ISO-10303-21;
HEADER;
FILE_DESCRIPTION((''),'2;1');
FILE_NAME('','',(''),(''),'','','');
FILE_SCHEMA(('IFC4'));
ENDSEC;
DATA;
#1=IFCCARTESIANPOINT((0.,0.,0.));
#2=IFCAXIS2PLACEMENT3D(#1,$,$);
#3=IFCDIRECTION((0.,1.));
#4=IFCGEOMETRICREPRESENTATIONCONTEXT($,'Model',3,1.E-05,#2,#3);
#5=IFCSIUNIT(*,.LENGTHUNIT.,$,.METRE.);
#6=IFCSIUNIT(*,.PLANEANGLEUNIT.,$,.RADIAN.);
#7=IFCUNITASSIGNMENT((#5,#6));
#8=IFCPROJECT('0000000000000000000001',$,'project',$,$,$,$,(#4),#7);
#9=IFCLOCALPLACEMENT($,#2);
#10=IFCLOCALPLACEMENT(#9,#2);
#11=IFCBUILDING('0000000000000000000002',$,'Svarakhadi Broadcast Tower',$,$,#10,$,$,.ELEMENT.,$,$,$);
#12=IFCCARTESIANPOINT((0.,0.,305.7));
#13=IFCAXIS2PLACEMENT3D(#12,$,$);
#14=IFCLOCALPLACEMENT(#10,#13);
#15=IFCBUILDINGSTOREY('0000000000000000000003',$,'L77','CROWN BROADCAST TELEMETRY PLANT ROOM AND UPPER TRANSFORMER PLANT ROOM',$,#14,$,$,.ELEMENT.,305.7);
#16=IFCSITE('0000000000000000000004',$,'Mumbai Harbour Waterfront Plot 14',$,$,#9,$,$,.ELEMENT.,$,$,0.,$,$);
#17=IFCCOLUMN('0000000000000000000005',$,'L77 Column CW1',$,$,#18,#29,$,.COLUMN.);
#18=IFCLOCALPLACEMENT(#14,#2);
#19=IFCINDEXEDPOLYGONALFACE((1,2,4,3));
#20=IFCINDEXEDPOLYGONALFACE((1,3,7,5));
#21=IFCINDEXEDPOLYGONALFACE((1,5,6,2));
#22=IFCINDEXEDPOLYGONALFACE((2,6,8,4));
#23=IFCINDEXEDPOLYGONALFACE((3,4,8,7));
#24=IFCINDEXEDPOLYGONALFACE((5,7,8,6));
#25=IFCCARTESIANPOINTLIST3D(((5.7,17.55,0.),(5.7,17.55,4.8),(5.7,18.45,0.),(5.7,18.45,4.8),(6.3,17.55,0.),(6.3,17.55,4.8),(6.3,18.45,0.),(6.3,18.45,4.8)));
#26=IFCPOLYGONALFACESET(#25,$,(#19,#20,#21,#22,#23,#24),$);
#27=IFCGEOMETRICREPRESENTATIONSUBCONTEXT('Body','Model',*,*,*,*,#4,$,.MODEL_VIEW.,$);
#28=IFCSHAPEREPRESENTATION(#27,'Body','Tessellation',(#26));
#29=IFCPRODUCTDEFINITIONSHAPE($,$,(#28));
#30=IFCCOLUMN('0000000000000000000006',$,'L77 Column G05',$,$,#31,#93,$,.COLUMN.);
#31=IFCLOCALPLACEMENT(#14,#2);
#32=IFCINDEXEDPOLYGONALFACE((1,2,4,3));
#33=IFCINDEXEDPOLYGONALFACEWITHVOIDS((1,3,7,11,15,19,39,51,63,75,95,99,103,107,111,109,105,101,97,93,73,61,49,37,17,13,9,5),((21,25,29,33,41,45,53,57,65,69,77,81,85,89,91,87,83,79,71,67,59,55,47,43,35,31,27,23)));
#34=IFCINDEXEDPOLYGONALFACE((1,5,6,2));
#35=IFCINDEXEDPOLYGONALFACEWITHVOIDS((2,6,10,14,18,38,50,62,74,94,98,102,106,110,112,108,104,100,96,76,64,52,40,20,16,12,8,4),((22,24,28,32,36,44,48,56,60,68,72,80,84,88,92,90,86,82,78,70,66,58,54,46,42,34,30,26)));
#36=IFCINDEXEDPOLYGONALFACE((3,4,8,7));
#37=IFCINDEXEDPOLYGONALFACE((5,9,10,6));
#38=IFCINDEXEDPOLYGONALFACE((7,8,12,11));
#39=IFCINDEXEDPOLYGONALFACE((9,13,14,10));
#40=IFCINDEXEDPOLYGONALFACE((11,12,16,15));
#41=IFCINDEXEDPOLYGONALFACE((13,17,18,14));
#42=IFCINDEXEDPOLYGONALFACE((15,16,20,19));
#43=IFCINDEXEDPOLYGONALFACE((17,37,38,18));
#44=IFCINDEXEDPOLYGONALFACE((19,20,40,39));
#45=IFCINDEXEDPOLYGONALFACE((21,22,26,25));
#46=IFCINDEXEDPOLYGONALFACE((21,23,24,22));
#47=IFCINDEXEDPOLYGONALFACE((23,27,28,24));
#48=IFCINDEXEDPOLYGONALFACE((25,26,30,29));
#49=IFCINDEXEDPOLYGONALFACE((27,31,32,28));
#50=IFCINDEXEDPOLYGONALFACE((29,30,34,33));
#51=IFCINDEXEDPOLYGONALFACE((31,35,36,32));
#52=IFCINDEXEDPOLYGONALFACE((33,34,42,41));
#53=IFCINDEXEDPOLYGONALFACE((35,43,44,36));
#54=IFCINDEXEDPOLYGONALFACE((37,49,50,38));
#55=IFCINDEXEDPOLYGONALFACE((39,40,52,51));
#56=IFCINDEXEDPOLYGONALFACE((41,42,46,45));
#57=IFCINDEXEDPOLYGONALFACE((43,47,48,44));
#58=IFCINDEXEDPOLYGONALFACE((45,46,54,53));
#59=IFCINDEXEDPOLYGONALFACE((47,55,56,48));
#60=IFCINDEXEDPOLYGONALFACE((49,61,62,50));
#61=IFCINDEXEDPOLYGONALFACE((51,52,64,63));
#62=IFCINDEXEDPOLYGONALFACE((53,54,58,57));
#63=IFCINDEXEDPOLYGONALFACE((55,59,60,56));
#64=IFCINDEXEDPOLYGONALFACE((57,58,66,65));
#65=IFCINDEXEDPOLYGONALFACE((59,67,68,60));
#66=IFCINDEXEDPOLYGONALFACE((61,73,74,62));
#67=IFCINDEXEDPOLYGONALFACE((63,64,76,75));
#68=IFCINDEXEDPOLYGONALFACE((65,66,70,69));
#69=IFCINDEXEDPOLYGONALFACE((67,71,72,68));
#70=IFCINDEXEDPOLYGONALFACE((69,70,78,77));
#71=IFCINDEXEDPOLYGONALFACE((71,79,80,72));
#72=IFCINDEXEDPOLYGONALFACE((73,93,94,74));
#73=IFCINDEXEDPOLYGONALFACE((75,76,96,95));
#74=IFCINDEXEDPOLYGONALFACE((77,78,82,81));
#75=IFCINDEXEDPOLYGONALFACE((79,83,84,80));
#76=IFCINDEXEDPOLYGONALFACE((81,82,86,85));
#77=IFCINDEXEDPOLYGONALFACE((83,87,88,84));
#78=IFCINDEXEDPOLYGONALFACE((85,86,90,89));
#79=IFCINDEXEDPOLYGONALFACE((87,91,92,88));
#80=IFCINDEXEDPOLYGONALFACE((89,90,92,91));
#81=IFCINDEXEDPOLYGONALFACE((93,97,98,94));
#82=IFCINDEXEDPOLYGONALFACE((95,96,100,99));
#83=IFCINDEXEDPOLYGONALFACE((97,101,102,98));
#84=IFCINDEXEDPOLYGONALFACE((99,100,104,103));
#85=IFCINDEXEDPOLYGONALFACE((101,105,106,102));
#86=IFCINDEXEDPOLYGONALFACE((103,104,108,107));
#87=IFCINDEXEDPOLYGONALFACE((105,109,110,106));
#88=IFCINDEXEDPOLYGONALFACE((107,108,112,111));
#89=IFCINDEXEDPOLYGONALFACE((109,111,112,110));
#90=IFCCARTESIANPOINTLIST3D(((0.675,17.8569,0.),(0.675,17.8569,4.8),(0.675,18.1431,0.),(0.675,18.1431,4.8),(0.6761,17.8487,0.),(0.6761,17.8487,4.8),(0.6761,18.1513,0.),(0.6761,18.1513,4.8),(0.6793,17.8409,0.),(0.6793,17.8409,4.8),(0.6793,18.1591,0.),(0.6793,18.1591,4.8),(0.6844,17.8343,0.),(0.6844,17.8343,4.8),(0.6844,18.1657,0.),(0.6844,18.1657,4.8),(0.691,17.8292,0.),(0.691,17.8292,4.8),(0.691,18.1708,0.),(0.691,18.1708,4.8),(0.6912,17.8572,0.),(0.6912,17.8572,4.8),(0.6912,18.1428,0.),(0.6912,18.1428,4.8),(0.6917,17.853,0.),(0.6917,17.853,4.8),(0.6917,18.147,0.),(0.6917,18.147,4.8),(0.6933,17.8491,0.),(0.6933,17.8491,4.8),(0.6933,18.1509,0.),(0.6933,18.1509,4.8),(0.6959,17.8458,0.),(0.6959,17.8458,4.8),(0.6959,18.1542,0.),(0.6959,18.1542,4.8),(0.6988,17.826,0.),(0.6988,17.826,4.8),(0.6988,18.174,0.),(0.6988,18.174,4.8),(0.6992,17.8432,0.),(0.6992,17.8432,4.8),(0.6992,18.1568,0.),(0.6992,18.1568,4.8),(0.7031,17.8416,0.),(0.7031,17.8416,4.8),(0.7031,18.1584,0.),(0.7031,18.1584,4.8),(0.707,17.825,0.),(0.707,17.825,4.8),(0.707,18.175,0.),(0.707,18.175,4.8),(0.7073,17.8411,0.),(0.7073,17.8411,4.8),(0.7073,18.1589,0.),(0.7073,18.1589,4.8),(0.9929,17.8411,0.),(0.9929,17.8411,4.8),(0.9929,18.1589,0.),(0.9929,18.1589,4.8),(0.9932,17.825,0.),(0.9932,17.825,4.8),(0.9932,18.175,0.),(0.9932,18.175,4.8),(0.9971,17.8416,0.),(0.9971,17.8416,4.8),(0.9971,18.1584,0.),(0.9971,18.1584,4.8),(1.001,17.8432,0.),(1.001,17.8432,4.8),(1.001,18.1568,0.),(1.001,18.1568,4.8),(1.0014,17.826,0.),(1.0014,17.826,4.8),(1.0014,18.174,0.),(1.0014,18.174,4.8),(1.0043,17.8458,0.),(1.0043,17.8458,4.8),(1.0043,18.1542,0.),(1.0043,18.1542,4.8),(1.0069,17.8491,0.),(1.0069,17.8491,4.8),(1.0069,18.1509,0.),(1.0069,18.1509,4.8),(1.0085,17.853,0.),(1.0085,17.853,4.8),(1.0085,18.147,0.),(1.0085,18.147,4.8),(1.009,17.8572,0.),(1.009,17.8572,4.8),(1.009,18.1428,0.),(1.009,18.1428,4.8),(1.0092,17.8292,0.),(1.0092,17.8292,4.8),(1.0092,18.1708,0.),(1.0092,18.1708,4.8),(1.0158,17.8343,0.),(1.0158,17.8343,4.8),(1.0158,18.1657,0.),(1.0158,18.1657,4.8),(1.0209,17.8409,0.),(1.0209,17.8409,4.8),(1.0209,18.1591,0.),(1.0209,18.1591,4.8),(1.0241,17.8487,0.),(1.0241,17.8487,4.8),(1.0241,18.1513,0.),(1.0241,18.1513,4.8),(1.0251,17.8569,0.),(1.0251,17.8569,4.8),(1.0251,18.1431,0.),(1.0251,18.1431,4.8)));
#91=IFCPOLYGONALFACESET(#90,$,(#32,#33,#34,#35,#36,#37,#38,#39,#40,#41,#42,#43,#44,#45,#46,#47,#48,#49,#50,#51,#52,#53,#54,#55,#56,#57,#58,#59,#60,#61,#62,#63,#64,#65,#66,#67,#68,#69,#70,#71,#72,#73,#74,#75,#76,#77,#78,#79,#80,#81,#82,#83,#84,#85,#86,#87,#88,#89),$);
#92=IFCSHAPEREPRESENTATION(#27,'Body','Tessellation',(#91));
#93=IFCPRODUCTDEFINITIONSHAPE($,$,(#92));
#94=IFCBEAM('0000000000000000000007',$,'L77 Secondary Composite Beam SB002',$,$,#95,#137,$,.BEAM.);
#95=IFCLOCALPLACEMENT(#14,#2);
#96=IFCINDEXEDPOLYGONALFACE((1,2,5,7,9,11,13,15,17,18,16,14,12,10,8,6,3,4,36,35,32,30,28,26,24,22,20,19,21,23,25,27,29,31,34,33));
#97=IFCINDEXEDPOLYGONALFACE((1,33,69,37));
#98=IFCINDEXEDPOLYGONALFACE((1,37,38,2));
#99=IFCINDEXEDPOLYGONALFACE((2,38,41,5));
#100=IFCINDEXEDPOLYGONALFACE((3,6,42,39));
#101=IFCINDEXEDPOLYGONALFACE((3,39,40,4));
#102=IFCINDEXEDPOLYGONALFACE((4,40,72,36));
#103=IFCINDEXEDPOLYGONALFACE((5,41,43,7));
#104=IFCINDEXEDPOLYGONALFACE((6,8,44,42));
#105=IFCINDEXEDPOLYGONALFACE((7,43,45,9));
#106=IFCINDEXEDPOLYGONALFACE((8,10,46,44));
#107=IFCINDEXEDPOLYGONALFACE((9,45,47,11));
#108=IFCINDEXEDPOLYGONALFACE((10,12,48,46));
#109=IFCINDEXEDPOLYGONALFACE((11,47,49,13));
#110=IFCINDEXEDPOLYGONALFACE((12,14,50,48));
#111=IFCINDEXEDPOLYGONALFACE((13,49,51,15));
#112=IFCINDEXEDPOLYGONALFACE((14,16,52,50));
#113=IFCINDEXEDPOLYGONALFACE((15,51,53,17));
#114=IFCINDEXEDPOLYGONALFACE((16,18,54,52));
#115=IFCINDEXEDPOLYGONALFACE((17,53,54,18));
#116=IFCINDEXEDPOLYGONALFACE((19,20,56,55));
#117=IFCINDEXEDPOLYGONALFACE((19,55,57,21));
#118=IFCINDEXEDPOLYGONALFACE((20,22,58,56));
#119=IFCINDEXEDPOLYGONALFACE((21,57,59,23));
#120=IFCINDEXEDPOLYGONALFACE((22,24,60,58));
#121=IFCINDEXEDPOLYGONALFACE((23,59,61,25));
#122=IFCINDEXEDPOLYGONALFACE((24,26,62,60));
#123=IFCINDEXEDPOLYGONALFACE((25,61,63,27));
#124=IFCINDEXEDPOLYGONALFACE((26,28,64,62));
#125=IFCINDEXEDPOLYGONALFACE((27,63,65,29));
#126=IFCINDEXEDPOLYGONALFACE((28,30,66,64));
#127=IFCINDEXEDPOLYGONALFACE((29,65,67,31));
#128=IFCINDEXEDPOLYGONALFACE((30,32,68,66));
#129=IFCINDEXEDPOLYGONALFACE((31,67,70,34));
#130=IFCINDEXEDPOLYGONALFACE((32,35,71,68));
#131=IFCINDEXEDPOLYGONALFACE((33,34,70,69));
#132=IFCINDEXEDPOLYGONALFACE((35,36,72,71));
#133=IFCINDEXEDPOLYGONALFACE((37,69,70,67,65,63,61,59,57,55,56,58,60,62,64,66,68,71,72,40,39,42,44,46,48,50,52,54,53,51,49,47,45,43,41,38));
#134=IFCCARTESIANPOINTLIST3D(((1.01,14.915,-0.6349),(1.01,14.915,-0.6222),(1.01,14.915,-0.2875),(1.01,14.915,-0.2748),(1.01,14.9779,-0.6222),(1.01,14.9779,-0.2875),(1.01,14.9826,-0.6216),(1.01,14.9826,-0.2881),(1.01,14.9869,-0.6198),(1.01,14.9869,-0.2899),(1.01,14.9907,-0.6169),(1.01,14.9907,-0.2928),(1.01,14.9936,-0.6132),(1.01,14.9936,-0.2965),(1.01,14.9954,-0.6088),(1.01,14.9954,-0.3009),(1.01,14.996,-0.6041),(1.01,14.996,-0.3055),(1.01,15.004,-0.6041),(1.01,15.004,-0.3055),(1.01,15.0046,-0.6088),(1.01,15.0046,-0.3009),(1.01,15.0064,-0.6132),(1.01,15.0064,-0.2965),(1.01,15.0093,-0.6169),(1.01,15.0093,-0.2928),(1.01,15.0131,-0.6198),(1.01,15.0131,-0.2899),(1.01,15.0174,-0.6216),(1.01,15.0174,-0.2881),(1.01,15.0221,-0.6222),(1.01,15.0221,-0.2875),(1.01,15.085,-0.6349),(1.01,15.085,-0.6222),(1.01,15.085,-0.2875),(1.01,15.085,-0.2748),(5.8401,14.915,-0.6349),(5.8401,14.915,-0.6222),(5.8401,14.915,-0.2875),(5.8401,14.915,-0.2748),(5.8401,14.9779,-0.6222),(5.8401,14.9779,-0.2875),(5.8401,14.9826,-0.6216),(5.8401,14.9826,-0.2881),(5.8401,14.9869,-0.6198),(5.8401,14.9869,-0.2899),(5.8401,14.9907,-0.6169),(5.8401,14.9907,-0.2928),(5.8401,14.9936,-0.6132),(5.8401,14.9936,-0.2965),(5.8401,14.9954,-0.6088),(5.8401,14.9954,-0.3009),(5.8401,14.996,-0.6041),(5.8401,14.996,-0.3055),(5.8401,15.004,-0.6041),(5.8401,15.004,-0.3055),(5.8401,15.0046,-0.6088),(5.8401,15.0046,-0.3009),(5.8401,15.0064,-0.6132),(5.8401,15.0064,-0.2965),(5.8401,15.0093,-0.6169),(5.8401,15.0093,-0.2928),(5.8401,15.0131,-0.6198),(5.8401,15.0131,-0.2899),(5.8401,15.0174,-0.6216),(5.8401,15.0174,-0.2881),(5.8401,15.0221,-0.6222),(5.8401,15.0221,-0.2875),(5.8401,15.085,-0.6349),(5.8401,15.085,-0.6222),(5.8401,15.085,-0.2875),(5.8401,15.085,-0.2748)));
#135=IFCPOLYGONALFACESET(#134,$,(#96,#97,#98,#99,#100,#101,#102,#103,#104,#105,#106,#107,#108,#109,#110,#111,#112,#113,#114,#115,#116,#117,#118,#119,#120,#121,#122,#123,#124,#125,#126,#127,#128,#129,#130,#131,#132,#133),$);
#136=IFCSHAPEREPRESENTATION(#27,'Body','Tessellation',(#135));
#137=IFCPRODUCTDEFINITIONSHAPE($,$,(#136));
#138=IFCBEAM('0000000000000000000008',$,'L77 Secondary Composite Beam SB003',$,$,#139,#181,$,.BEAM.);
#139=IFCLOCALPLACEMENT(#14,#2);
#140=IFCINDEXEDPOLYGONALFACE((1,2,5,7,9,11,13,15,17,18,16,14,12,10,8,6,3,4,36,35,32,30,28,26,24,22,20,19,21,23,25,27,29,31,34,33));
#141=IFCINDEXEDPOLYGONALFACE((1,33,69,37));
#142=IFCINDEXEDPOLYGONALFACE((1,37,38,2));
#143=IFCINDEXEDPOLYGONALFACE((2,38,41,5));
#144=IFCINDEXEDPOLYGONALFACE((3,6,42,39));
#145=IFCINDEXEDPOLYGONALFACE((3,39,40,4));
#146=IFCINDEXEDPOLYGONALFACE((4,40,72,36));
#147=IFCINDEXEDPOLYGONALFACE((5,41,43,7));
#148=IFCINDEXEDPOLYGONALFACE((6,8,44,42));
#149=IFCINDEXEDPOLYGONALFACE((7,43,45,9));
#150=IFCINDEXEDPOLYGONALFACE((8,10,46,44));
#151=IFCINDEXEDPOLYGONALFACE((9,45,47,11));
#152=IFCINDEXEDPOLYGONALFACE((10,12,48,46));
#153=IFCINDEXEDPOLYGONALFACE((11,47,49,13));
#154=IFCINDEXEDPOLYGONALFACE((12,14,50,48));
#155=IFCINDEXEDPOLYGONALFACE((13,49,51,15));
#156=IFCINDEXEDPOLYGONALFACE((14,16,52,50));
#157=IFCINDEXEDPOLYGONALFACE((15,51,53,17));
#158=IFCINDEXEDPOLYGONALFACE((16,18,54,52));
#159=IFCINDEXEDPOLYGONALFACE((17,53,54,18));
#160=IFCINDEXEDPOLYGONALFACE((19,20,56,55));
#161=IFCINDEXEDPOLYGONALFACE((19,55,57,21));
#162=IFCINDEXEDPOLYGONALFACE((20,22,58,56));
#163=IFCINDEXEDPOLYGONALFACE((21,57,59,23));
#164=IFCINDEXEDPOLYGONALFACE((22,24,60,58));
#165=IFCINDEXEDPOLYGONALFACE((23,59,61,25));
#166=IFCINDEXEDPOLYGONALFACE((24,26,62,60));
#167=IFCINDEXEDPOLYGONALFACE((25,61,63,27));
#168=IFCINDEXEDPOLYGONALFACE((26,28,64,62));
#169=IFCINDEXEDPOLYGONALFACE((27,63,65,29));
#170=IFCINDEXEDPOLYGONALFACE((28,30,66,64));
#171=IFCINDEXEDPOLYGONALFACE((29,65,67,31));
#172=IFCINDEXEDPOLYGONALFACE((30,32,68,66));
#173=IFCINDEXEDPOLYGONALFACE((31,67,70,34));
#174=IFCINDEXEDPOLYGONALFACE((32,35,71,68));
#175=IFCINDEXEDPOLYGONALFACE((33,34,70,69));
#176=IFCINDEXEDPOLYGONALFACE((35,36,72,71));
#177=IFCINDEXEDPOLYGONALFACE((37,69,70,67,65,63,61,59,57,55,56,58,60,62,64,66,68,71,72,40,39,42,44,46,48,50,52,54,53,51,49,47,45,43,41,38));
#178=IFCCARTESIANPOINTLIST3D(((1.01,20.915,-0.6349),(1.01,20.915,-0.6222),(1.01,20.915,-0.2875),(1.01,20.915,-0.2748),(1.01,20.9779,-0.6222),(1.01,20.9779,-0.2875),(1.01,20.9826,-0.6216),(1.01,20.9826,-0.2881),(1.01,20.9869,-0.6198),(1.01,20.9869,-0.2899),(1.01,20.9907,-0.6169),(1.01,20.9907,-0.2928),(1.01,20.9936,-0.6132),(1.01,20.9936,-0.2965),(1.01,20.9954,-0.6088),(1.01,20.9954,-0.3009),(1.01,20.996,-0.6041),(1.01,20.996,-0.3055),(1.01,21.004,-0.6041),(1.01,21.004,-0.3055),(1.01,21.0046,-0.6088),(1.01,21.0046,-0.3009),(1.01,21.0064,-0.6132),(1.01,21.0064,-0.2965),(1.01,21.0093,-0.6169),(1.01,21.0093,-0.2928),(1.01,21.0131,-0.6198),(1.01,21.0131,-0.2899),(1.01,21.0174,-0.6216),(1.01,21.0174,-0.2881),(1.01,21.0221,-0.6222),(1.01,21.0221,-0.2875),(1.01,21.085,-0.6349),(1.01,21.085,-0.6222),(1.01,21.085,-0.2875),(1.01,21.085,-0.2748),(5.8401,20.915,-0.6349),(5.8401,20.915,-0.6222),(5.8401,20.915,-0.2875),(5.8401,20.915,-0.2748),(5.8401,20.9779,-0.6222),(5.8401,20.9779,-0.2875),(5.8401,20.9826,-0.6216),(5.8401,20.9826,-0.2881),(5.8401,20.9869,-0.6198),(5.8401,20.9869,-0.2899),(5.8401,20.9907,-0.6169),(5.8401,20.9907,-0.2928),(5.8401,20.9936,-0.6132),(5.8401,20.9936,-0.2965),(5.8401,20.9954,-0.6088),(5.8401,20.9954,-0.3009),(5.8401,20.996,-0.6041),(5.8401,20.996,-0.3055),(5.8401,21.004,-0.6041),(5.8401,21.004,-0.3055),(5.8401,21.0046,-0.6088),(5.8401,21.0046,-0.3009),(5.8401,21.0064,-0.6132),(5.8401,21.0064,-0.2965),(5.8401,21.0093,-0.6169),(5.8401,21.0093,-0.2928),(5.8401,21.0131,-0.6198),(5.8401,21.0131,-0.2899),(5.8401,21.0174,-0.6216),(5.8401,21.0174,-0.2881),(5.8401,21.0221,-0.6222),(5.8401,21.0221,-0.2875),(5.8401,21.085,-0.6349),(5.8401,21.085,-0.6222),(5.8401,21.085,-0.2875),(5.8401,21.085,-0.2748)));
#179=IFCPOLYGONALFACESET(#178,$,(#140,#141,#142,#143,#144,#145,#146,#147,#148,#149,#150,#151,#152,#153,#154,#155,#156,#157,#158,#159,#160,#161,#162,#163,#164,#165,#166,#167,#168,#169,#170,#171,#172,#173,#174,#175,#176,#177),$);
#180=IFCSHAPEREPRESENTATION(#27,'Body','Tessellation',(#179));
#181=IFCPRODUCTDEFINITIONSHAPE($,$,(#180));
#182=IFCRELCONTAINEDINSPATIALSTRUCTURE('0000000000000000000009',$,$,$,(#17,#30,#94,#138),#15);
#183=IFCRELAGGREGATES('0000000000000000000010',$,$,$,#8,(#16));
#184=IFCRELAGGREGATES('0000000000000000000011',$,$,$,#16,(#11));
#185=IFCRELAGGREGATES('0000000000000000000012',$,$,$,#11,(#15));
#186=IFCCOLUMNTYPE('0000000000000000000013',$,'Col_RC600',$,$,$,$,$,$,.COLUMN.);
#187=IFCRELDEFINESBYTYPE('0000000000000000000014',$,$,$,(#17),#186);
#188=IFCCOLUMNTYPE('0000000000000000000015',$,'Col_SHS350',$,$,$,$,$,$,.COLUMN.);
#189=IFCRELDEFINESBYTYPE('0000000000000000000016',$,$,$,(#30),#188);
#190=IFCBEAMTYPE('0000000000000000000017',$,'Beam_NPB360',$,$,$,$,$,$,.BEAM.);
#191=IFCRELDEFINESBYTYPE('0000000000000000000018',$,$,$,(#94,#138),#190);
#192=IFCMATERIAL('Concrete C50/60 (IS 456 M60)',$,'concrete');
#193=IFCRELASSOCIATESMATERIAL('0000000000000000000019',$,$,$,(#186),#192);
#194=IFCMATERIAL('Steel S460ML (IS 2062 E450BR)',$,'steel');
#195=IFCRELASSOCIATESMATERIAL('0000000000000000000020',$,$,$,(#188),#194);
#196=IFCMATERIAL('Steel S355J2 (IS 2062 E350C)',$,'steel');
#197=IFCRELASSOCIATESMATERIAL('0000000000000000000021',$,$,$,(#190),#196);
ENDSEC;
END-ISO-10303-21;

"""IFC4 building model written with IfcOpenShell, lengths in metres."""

from ifc_helpers import new_model, si_unit, direction, frame, origin, origin_2d, place, context, subcontext, project, spatial, rectangle, hollow_rectangle, i_section, extrude, material, material_profile, profile_set, type_object, element, save


model = new_model("IFC4")

# Units and contexts
model_context = context("Model", 3, precision=1e-05, world=origin(), true_north=direction((0.0, 1.0)))
body_context = subcontext(model_context, "Body", "Model", "MODEL_VIEW")
ifc_project = project(units=[si_unit("LENGTHUNIT", "METRE"), si_unit("PLANEANGLEUNIT", "RADIAN")], contexts=[model_context])

# Site, building, storey
site_placement = place(None, origin())
site = spatial("IfcSite", under=ifc_project, at=site_placement, Name="Mumbai Harbour Waterfront Plot 14", CompositionType="ELEMENT", RefElevation=0.0)
building_placement = place(site_placement, origin())
building = spatial("IfcBuilding", under=site, at=building_placement, Name="Svarakhadi Broadcast Tower", CompositionType="ELEMENT")
storey_placement = place(building_placement, frame((0.0, 0.0, 305.7)))
storey = spatial("IfcBuildingStorey", under=building, at=storey_placement, Name="L77", Description="CROWN BROADCAST TELEMETRY PLANT ROOM AND UPPER TRANSFORMER PLANT ROOM", CompositionType="ELEMENT", Elevation=305.7)

# Columns
ifc_material_1 = material(Name="Concrete C50/60 (IS 456 M60)", Category="concrete")
ifc_material_profile_1 = material_profile(ifc_material_1, rectangle(XDim=0.6001, YDim=0.8999, at=origin_2d()), Name="RC 600x900")
ifc_profile_set_1 = profile_set([ifc_material_profile_1], Name="Concrete C50/60 (IS 456 M60)")
column_type_1 = type_object("IfcColumnType", Name="Col_RC600", PredefinedType="COLUMN", material=ifc_profile_set_1)
column_1_placement = place(storey_placement, frame((6.0, 18.0, 0.0), z_axis=(0.0, 0.0, 1.0), x_axis=(1.0, 0.0, 0.0)))
element("IfcColumn", 1, at=column_1_placement, inside=storey, type_object=column_type_1, Name="L77 Column CW1", PredefinedType="COLUMN", context=body_context, shape_type="SweptSolid", body=[
    extrude(rectangle(XDim=0.6001, YDim=0.8999, at=origin_2d()), origin(), (0.0, 0.0, 1.0), 4.8),
])
ifc_material_2 = material(Name="Steel S460ML (IS 2062 E450BR)", Category="steel")
ifc_material_profile_2 = material_profile(ifc_material_2, hollow_rectangle(XDim=0.3501, YDim=0.3501, WallThickness=0.0161, InnerFilletRadius=0.0161, OuterFilletRadius=0.032, at=origin_2d()), Name="SHS 350x350x16")
ifc_profile_set_2 = profile_set([ifc_material_profile_2], Name="Steel S460ML (IS 2062 E450BR)")
column_type_2 = type_object("IfcColumnType", Name="Col_SHS350", PredefinedType="COLUMN", material=ifc_profile_set_2)
column_2_placement = place(storey_placement, frame((0.8501, 18.0, 0.0), z_axis=(0.0, 0.0, 1.0), x_axis=(1.0, 0.0, 0.0)))
element("IfcColumn", 2, at=column_2_placement, inside=storey, type_object=column_type_2, Name="L77 Column G05", PredefinedType="COLUMN", context=body_context, shape_type="SweptSolid", body=[
    extrude(hollow_rectangle(XDim=0.3501, YDim=0.3501, WallThickness=0.0161, InnerFilletRadius=0.0161, OuterFilletRadius=0.032, at=origin_2d()), origin(), (0.0, 0.0, 1.0), 4.8),
])

# Beams
ifc_material_3 = material(Name="Steel S355J2 (IS 2062 E350C)", Category="steel")
ifc_material_profile_3 = material_profile(ifc_material_3, i_section(OverallWidth=0.1699, OverallDepth=0.3601, WebThickness=0.0081, FlangeThickness=0.0127, FilletRadius=0.0181, at=origin_2d()), Name="NPB 360x170x57")
ifc_profile_set_3 = profile_set([ifc_material_profile_3], Name="Steel S355J2 (IS 2062 E350C)")
beam_type_1 = type_object("IfcBeamType", Name="Beam_NPB360", PredefinedType="BEAM", material=ifc_profile_set_3)
for number, where, z_axis, x_axis, name in (
    (3, (1.01, 15.0, -0.4548), (1.0, 0.0, 0.0), (0.0, 1.0, 0.0), "L77 Secondary Composite Beam SB002"),
    (4, (1.01, 21.0, -0.4548), (1.0, 0.0, 0.0), (0.0, 1.0, 0.0), "L77 Secondary Composite Beam SB003"),
):
    element("IfcBeam", number, at=place(storey_placement, frame(where, z_axis=z_axis, x_axis=x_axis)), inside=storey, type_object=beam_type_1, Name=name, PredefinedType="BEAM", context=body_context, shape_type="SweptSolid", body=[
        extrude(i_section(OverallWidth=0.1699, OverallDepth=0.3601, WebThickness=0.0081, FlangeThickness=0.0127, FilletRadius=0.0181, at=origin_2d()), origin(), (0.0, 0.0, 1.0), 4.8301),
    ])

save(model, "model.ifc")
